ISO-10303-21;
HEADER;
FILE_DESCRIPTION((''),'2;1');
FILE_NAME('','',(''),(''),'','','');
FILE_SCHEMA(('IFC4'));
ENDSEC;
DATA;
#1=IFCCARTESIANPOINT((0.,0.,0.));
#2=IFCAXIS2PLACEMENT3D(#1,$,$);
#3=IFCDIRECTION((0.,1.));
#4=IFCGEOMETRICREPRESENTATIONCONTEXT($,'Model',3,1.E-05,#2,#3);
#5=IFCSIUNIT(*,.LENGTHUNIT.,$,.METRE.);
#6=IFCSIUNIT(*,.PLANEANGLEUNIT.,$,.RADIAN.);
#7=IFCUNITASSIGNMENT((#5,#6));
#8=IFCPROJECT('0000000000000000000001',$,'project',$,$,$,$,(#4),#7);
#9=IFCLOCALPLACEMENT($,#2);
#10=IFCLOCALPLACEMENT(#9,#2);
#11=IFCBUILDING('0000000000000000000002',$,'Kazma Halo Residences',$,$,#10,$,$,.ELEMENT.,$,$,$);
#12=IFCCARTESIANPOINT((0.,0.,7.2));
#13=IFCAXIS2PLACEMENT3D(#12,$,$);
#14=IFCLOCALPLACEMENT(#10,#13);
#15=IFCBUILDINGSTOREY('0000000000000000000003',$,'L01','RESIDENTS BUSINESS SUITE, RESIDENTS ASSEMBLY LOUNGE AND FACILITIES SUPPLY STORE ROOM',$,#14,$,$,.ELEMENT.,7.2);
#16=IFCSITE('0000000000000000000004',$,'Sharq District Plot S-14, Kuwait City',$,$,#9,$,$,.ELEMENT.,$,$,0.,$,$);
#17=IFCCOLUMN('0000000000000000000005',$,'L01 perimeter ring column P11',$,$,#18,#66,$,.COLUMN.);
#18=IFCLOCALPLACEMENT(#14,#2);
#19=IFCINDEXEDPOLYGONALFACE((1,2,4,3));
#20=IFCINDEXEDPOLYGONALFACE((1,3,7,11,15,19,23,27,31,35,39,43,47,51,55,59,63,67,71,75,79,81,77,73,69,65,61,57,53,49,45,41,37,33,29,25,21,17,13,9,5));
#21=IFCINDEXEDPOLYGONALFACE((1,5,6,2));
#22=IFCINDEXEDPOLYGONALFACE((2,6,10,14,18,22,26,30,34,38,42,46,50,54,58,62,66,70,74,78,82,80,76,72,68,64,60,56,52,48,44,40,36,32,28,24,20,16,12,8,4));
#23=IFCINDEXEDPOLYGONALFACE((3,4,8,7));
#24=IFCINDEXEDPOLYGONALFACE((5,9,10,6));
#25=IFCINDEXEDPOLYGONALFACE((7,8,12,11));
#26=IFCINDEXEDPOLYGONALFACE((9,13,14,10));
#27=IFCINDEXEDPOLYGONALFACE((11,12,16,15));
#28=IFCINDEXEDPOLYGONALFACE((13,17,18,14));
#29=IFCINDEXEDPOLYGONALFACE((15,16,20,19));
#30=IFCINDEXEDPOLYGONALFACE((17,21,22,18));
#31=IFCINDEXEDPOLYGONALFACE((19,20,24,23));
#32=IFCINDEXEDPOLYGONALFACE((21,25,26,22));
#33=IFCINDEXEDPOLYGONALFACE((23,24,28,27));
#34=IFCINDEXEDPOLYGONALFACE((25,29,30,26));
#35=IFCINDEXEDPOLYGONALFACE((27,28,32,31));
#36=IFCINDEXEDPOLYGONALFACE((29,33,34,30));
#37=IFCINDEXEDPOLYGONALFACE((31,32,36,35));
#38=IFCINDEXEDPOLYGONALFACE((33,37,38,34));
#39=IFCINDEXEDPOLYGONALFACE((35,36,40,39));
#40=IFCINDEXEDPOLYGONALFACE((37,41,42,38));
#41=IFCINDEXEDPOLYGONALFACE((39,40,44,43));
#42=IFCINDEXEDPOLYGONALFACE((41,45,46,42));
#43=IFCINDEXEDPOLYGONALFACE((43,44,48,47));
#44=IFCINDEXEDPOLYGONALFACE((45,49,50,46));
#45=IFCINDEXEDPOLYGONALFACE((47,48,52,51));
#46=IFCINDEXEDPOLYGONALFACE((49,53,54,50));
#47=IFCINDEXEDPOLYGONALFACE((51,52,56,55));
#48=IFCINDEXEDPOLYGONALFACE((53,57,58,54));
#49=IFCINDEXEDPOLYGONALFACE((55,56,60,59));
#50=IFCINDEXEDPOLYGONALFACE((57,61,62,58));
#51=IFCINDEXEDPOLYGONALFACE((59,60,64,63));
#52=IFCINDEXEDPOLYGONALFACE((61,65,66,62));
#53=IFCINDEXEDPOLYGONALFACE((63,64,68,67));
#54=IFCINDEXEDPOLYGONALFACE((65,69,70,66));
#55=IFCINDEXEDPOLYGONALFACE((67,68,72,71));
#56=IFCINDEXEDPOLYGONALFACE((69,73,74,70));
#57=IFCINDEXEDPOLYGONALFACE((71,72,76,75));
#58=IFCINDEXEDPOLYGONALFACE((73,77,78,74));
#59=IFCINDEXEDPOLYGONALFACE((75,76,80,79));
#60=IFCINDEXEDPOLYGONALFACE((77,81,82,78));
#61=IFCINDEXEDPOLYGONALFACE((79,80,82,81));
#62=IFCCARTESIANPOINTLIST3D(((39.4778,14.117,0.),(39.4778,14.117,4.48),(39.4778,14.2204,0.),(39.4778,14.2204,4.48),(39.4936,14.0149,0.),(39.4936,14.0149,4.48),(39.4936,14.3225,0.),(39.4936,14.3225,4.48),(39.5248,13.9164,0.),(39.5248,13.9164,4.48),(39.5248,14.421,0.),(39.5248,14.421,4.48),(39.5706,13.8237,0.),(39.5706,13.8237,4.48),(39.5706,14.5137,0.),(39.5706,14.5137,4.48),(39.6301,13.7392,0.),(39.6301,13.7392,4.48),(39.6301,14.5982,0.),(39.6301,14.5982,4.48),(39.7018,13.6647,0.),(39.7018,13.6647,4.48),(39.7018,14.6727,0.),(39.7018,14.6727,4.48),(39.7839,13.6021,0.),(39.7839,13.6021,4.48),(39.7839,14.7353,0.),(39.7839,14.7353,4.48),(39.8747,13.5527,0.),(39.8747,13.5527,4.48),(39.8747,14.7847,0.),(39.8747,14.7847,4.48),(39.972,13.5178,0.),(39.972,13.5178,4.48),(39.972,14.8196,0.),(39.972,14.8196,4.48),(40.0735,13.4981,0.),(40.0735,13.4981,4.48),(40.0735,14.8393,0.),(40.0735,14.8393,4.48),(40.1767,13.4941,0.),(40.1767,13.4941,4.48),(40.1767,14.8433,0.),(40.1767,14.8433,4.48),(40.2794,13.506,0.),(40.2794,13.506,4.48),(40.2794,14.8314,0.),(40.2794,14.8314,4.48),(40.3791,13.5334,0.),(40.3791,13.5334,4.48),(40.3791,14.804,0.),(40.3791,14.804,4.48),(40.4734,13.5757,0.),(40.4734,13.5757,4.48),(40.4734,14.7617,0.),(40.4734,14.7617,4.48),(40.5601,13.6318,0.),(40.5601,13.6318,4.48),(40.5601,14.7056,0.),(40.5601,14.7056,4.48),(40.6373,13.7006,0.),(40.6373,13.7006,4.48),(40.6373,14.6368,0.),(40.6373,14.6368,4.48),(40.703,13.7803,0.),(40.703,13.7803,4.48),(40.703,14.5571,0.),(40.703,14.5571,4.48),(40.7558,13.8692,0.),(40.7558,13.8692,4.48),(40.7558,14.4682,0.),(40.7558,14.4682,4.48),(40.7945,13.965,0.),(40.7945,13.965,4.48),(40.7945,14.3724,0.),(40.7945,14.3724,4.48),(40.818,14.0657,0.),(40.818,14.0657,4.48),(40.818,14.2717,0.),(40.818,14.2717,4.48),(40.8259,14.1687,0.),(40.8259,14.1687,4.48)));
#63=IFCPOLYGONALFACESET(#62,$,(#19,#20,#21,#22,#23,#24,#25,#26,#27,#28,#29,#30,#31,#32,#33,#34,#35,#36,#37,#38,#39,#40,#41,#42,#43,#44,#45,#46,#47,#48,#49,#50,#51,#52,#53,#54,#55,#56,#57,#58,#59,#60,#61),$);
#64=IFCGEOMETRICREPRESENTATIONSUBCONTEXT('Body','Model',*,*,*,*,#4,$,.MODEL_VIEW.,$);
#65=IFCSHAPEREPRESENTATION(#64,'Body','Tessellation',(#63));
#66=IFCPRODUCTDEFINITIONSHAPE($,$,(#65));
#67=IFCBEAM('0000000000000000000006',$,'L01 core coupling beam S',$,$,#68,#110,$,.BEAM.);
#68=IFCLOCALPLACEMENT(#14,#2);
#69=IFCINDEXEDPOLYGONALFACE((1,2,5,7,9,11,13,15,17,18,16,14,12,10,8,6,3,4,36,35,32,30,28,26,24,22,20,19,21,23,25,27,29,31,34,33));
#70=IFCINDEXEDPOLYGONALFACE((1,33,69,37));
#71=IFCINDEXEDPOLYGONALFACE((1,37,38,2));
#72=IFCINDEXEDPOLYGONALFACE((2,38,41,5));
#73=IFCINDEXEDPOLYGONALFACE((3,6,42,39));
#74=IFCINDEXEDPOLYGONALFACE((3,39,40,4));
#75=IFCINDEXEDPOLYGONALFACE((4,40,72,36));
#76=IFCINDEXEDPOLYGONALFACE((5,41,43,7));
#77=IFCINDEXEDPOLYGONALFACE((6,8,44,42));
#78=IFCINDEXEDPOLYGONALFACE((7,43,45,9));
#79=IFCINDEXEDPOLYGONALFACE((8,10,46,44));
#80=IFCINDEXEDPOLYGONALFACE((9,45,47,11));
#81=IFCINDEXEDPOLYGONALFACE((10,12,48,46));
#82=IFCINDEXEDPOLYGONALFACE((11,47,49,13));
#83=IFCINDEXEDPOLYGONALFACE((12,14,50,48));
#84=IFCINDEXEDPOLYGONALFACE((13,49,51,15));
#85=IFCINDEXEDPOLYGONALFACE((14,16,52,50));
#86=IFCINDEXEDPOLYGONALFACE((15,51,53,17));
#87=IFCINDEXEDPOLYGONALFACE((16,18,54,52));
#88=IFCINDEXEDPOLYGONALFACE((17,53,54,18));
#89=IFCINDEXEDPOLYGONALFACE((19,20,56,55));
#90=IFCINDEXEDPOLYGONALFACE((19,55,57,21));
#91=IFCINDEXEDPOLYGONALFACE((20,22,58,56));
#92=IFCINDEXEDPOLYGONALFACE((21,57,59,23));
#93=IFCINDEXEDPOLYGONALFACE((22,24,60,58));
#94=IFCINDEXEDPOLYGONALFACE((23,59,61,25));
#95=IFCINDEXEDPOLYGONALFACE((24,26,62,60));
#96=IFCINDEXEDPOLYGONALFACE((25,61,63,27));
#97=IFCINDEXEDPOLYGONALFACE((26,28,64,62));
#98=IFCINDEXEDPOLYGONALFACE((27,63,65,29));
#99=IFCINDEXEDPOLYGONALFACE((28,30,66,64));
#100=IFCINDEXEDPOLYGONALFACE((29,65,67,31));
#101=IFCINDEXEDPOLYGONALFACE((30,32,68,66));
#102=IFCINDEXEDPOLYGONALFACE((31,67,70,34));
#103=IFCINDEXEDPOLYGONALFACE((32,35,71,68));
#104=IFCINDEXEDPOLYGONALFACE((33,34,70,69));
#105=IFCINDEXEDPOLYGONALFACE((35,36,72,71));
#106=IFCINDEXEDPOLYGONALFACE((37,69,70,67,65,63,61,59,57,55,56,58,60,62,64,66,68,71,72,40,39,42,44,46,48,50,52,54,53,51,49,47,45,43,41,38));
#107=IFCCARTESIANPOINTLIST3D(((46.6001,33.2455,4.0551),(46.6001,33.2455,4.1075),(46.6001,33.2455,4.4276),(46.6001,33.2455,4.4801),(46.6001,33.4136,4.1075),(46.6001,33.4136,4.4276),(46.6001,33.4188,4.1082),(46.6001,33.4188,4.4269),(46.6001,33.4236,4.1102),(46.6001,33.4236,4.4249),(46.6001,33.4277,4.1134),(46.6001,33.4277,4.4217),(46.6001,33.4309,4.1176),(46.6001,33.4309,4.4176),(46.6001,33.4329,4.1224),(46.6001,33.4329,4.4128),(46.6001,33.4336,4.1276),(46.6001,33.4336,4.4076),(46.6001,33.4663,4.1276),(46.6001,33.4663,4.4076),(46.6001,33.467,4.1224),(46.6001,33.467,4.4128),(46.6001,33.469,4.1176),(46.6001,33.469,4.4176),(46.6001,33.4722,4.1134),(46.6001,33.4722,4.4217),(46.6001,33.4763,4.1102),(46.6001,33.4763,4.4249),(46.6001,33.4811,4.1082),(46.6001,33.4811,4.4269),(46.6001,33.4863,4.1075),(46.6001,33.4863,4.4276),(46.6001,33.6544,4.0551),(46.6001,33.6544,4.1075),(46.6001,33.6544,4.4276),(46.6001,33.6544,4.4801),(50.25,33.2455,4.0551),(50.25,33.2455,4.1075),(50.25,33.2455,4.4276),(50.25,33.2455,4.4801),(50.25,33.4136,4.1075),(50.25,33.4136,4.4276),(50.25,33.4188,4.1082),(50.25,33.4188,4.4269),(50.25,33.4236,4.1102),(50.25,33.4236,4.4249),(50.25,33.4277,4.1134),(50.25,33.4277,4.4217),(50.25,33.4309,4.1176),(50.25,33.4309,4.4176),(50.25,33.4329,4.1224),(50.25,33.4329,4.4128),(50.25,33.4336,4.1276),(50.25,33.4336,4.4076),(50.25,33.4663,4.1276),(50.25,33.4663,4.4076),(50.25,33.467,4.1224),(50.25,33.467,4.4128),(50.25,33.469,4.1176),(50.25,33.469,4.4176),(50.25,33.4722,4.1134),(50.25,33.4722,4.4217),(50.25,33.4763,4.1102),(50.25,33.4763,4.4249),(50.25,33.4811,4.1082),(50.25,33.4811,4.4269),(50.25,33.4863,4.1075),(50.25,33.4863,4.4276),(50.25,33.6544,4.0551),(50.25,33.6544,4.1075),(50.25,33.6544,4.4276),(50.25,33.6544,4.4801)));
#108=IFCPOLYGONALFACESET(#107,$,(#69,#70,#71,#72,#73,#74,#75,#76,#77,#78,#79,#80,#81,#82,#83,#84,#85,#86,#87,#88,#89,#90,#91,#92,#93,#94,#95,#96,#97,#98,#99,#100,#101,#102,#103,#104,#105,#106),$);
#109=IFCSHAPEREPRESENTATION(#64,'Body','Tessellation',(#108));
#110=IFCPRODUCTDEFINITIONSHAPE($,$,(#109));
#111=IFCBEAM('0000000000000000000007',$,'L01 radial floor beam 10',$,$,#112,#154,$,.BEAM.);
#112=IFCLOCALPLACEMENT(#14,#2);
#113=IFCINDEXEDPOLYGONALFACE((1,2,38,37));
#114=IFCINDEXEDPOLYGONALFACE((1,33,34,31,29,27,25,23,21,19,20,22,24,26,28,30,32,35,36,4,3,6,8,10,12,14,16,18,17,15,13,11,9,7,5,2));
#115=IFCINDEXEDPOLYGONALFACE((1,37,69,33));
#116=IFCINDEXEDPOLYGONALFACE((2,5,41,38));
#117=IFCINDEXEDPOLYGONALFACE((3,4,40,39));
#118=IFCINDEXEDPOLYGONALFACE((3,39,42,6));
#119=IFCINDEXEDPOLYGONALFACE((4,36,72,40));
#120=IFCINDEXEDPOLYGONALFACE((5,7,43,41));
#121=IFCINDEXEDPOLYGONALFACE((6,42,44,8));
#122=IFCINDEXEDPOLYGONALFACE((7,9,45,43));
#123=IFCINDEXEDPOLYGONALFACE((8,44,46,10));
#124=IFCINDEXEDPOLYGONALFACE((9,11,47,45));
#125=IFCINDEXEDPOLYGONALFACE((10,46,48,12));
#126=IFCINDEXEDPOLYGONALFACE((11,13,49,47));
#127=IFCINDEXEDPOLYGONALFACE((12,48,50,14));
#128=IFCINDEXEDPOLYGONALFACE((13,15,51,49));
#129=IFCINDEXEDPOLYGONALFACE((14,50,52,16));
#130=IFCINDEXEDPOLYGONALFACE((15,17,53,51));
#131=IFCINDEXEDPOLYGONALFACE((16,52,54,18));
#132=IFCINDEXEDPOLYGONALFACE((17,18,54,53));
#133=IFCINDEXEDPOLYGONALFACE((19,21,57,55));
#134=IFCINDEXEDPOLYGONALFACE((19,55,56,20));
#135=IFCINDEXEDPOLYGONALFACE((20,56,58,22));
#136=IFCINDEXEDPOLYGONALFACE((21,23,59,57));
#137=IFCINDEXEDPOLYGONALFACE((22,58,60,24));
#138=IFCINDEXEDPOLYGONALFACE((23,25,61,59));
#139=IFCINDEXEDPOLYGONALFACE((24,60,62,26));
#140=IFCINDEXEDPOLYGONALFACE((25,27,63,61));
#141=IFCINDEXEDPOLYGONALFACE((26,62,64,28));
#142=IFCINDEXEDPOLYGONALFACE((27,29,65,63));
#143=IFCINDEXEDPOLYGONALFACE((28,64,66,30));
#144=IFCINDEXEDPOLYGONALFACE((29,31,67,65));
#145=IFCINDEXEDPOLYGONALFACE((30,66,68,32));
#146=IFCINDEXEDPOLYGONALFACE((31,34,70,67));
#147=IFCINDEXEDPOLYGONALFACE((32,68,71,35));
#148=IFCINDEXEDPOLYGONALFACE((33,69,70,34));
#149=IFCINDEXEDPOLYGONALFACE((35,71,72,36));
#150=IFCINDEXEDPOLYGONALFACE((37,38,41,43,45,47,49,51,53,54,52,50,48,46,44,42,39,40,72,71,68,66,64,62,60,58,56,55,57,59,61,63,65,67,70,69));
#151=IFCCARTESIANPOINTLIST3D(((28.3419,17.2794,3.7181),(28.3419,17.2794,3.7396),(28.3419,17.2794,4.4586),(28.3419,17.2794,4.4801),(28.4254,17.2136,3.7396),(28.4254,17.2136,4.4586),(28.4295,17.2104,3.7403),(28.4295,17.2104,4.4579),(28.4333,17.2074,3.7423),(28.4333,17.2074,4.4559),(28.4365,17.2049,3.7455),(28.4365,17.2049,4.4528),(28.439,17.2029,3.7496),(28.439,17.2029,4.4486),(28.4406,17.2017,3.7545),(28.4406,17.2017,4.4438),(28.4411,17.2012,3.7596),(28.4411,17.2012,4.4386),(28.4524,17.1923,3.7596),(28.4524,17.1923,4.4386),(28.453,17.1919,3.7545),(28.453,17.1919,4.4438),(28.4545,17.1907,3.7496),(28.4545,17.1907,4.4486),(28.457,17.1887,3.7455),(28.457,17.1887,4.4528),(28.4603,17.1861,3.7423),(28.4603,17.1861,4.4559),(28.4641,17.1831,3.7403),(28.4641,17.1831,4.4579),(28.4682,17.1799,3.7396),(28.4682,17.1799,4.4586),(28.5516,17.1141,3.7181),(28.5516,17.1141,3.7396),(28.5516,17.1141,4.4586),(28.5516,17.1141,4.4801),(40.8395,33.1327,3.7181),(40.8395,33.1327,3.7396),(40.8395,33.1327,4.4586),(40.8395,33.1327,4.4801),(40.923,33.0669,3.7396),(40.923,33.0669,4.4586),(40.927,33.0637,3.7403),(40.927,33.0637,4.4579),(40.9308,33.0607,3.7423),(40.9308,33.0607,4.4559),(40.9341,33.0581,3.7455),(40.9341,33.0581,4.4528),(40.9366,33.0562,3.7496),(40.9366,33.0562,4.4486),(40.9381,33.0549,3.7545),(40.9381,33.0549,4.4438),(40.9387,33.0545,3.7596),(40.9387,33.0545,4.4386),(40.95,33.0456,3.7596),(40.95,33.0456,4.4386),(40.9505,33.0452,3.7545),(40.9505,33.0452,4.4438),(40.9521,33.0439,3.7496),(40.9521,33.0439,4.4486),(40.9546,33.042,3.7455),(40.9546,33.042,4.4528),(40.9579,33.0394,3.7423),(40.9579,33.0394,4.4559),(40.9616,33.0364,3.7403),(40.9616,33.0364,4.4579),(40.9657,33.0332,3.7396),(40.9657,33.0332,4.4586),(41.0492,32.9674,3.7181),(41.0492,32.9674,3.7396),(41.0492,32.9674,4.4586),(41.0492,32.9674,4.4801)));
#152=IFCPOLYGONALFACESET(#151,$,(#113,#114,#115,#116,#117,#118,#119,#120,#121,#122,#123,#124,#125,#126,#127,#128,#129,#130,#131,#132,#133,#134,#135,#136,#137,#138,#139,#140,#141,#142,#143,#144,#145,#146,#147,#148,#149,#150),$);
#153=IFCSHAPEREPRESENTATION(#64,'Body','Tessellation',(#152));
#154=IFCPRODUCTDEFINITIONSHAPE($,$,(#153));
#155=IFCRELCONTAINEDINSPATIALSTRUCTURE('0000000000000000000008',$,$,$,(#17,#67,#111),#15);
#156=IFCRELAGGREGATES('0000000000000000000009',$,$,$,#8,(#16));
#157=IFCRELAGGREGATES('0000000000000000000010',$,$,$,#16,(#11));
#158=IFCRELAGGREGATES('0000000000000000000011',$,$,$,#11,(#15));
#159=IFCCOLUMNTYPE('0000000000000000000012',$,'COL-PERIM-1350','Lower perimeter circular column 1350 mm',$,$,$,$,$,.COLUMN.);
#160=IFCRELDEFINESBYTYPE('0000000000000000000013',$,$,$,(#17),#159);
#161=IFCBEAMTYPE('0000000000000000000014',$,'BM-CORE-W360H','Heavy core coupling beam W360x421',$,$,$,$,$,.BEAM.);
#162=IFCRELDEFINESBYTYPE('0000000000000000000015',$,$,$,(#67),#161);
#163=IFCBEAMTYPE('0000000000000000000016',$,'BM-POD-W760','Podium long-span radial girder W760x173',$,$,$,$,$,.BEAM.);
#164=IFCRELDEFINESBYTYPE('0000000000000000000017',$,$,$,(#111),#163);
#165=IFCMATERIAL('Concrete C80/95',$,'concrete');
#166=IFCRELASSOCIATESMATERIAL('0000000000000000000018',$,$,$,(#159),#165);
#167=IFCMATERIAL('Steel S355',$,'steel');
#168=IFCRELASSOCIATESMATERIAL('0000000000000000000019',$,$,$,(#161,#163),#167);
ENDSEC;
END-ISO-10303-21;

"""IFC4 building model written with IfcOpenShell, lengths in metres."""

from ifc_helpers import new_model, si_unit, direction, frame, origin, origin_2d, place, context, subcontext, project, spatial, circle, i_section, extrude, material, material_profile, profile_set, type_object, element, save


model = new_model("IFC4")

# Units and contexts
model_context = context("Model", 3, precision=1e-05, world=origin(), true_north=direction((0.0, 1.0)))
body_context = subcontext(model_context, "Body", "Model", "MODEL_VIEW")
ifc_project = project(units=[si_unit("LENGTHUNIT", "METRE"), si_unit("PLANEANGLEUNIT", "RADIAN")], contexts=[model_context])

# Site, building, storey
site_placement = place(None, origin())
site = spatial("IfcSite", under=ifc_project, at=site_placement, Name="Sharq District Plot S-14, Kuwait City", CompositionType="ELEMENT", RefElevation=0.0)
building_placement = place(site_placement, origin())
building = spatial("IfcBuilding", under=site, at=building_placement, Name="Kazma Halo Residences", CompositionType="ELEMENT")
storey_placement = place(building_placement, frame((0.0, 0.0, 7.2)))
storey = spatial("IfcBuildingStorey", under=building, at=storey_placement, Name="L01", Description="RESIDENTS BUSINESS SUITE, RESIDENTS ASSEMBLY LOUNGE AND FACILITIES SUPPLY STORE ROOM", CompositionType="ELEMENT", Elevation=7.2)

# Column
ifc_material_1 = material(Name="Concrete C80/95", Category="concrete")
ifc_material_profile_1 = material_profile(ifc_material_1, circle(Radius=0.675, at=origin_2d()), Name="CIRC1350")
ifc_profile_set_1 = profile_set([ifc_material_profile_1], Name="Concrete C80/95")
column_type = type_object("IfcColumnType", Name="COL-PERIM-1350", Description="Lower perimeter circular column 1350 mm", PredefinedType="COLUMN", material=ifc_profile_set_1)
column_placement = place(storey_placement, frame((40.1509, 14.1687, 0.0), z_axis=(0.0, 0.0, 1.0), x_axis=(1.0, 0.0, 0.0)))
element("IfcColumn", 1, at=column_placement, inside=storey, type_object=column_type, Name="L01 perimeter ring column P11", PredefinedType="COLUMN", context=body_context, shape_type="SweptSolid", body=[
    extrude(circle(Radius=0.675, at=origin_2d()), origin(), (0.0, 0.0, 1.0), 4.48),
])

# Beams
ifc_material_2 = material(Name="Steel S355", Category="steel")
ifc_material_profile_2 = material_profile(ifc_material_2, i_section(OverallWidth=0.4089, OverallDepth=0.425, WebThickness=0.0327, FlangeThickness=0.0525, FilletRadius=0.02, at=origin_2d()), Name="W360x421")
ifc_profile_set_2 = profile_set([ifc_material_profile_2], Name="Steel S355")
beam_type_1 = type_object("IfcBeamType", Name="BM-CORE-W360H", Description="Heavy core coupling beam W360x421", PredefinedType="BEAM", material=ifc_profile_set_2)
beam_1_placement = place(storey_placement, frame((46.6001, 33.45, 4.2676), z_axis=(1.0, 0.0, 0.0), x_axis=(0.0, 1.0, 0.0)))
element("IfcBeam", 2, at=beam_1_placement, inside=storey, type_object=beam_type_1, Name="L01 core coupling beam S", PredefinedType="BEAM", context=body_context, shape_type="SweptSolid", body=[
    extrude(i_section(OverallWidth=0.4089, OverallDepth=0.425, WebThickness=0.0327, FlangeThickness=0.0525, FilletRadius=0.02, at=origin_2d()), origin(), (0.0, 0.0, 1.0), 3.6499),
])
ifc_material_profile_3 = material_profile(ifc_material_2, i_section(OverallWidth=0.2671, OverallDepth=0.762, WebThickness=0.0144, FlangeThickness=0.0215, FilletRadius=0.02, at=origin_2d()), Name="W760x173")
ifc_profile_set_3 = profile_set([ifc_material_profile_3], Name="Steel S355")
beam_type_2 = type_object("IfcBeamType", Name="BM-POD-W760", Description="Podium long-span radial girder W760x173", PredefinedType="BEAM", material=ifc_profile_set_3)
beam_2_placement = place(storey_placement, frame((40.9443, 33.05, 4.0991), z_axis=(-0.619089, -0.785321, 0.0), x_axis=(0.785321, -0.619089, 0.0)))
element("IfcBeam", 3, at=beam_2_placement, inside=storey, type_object=beam_type_2, Name="L01 radial floor beam 10", PredefinedType="BEAM", context=body_context, shape_type="SweptSolid", body=[
    extrude(i_section(OverallWidth=0.2671, OverallDepth=0.762, WebThickness=0.0144, FlangeThickness=0.0215, FilletRadius=0.02, at=origin_2d()), origin(), (0.0, 0.0, 1.0), 20.187),
])

save(model, "model.ifc")
